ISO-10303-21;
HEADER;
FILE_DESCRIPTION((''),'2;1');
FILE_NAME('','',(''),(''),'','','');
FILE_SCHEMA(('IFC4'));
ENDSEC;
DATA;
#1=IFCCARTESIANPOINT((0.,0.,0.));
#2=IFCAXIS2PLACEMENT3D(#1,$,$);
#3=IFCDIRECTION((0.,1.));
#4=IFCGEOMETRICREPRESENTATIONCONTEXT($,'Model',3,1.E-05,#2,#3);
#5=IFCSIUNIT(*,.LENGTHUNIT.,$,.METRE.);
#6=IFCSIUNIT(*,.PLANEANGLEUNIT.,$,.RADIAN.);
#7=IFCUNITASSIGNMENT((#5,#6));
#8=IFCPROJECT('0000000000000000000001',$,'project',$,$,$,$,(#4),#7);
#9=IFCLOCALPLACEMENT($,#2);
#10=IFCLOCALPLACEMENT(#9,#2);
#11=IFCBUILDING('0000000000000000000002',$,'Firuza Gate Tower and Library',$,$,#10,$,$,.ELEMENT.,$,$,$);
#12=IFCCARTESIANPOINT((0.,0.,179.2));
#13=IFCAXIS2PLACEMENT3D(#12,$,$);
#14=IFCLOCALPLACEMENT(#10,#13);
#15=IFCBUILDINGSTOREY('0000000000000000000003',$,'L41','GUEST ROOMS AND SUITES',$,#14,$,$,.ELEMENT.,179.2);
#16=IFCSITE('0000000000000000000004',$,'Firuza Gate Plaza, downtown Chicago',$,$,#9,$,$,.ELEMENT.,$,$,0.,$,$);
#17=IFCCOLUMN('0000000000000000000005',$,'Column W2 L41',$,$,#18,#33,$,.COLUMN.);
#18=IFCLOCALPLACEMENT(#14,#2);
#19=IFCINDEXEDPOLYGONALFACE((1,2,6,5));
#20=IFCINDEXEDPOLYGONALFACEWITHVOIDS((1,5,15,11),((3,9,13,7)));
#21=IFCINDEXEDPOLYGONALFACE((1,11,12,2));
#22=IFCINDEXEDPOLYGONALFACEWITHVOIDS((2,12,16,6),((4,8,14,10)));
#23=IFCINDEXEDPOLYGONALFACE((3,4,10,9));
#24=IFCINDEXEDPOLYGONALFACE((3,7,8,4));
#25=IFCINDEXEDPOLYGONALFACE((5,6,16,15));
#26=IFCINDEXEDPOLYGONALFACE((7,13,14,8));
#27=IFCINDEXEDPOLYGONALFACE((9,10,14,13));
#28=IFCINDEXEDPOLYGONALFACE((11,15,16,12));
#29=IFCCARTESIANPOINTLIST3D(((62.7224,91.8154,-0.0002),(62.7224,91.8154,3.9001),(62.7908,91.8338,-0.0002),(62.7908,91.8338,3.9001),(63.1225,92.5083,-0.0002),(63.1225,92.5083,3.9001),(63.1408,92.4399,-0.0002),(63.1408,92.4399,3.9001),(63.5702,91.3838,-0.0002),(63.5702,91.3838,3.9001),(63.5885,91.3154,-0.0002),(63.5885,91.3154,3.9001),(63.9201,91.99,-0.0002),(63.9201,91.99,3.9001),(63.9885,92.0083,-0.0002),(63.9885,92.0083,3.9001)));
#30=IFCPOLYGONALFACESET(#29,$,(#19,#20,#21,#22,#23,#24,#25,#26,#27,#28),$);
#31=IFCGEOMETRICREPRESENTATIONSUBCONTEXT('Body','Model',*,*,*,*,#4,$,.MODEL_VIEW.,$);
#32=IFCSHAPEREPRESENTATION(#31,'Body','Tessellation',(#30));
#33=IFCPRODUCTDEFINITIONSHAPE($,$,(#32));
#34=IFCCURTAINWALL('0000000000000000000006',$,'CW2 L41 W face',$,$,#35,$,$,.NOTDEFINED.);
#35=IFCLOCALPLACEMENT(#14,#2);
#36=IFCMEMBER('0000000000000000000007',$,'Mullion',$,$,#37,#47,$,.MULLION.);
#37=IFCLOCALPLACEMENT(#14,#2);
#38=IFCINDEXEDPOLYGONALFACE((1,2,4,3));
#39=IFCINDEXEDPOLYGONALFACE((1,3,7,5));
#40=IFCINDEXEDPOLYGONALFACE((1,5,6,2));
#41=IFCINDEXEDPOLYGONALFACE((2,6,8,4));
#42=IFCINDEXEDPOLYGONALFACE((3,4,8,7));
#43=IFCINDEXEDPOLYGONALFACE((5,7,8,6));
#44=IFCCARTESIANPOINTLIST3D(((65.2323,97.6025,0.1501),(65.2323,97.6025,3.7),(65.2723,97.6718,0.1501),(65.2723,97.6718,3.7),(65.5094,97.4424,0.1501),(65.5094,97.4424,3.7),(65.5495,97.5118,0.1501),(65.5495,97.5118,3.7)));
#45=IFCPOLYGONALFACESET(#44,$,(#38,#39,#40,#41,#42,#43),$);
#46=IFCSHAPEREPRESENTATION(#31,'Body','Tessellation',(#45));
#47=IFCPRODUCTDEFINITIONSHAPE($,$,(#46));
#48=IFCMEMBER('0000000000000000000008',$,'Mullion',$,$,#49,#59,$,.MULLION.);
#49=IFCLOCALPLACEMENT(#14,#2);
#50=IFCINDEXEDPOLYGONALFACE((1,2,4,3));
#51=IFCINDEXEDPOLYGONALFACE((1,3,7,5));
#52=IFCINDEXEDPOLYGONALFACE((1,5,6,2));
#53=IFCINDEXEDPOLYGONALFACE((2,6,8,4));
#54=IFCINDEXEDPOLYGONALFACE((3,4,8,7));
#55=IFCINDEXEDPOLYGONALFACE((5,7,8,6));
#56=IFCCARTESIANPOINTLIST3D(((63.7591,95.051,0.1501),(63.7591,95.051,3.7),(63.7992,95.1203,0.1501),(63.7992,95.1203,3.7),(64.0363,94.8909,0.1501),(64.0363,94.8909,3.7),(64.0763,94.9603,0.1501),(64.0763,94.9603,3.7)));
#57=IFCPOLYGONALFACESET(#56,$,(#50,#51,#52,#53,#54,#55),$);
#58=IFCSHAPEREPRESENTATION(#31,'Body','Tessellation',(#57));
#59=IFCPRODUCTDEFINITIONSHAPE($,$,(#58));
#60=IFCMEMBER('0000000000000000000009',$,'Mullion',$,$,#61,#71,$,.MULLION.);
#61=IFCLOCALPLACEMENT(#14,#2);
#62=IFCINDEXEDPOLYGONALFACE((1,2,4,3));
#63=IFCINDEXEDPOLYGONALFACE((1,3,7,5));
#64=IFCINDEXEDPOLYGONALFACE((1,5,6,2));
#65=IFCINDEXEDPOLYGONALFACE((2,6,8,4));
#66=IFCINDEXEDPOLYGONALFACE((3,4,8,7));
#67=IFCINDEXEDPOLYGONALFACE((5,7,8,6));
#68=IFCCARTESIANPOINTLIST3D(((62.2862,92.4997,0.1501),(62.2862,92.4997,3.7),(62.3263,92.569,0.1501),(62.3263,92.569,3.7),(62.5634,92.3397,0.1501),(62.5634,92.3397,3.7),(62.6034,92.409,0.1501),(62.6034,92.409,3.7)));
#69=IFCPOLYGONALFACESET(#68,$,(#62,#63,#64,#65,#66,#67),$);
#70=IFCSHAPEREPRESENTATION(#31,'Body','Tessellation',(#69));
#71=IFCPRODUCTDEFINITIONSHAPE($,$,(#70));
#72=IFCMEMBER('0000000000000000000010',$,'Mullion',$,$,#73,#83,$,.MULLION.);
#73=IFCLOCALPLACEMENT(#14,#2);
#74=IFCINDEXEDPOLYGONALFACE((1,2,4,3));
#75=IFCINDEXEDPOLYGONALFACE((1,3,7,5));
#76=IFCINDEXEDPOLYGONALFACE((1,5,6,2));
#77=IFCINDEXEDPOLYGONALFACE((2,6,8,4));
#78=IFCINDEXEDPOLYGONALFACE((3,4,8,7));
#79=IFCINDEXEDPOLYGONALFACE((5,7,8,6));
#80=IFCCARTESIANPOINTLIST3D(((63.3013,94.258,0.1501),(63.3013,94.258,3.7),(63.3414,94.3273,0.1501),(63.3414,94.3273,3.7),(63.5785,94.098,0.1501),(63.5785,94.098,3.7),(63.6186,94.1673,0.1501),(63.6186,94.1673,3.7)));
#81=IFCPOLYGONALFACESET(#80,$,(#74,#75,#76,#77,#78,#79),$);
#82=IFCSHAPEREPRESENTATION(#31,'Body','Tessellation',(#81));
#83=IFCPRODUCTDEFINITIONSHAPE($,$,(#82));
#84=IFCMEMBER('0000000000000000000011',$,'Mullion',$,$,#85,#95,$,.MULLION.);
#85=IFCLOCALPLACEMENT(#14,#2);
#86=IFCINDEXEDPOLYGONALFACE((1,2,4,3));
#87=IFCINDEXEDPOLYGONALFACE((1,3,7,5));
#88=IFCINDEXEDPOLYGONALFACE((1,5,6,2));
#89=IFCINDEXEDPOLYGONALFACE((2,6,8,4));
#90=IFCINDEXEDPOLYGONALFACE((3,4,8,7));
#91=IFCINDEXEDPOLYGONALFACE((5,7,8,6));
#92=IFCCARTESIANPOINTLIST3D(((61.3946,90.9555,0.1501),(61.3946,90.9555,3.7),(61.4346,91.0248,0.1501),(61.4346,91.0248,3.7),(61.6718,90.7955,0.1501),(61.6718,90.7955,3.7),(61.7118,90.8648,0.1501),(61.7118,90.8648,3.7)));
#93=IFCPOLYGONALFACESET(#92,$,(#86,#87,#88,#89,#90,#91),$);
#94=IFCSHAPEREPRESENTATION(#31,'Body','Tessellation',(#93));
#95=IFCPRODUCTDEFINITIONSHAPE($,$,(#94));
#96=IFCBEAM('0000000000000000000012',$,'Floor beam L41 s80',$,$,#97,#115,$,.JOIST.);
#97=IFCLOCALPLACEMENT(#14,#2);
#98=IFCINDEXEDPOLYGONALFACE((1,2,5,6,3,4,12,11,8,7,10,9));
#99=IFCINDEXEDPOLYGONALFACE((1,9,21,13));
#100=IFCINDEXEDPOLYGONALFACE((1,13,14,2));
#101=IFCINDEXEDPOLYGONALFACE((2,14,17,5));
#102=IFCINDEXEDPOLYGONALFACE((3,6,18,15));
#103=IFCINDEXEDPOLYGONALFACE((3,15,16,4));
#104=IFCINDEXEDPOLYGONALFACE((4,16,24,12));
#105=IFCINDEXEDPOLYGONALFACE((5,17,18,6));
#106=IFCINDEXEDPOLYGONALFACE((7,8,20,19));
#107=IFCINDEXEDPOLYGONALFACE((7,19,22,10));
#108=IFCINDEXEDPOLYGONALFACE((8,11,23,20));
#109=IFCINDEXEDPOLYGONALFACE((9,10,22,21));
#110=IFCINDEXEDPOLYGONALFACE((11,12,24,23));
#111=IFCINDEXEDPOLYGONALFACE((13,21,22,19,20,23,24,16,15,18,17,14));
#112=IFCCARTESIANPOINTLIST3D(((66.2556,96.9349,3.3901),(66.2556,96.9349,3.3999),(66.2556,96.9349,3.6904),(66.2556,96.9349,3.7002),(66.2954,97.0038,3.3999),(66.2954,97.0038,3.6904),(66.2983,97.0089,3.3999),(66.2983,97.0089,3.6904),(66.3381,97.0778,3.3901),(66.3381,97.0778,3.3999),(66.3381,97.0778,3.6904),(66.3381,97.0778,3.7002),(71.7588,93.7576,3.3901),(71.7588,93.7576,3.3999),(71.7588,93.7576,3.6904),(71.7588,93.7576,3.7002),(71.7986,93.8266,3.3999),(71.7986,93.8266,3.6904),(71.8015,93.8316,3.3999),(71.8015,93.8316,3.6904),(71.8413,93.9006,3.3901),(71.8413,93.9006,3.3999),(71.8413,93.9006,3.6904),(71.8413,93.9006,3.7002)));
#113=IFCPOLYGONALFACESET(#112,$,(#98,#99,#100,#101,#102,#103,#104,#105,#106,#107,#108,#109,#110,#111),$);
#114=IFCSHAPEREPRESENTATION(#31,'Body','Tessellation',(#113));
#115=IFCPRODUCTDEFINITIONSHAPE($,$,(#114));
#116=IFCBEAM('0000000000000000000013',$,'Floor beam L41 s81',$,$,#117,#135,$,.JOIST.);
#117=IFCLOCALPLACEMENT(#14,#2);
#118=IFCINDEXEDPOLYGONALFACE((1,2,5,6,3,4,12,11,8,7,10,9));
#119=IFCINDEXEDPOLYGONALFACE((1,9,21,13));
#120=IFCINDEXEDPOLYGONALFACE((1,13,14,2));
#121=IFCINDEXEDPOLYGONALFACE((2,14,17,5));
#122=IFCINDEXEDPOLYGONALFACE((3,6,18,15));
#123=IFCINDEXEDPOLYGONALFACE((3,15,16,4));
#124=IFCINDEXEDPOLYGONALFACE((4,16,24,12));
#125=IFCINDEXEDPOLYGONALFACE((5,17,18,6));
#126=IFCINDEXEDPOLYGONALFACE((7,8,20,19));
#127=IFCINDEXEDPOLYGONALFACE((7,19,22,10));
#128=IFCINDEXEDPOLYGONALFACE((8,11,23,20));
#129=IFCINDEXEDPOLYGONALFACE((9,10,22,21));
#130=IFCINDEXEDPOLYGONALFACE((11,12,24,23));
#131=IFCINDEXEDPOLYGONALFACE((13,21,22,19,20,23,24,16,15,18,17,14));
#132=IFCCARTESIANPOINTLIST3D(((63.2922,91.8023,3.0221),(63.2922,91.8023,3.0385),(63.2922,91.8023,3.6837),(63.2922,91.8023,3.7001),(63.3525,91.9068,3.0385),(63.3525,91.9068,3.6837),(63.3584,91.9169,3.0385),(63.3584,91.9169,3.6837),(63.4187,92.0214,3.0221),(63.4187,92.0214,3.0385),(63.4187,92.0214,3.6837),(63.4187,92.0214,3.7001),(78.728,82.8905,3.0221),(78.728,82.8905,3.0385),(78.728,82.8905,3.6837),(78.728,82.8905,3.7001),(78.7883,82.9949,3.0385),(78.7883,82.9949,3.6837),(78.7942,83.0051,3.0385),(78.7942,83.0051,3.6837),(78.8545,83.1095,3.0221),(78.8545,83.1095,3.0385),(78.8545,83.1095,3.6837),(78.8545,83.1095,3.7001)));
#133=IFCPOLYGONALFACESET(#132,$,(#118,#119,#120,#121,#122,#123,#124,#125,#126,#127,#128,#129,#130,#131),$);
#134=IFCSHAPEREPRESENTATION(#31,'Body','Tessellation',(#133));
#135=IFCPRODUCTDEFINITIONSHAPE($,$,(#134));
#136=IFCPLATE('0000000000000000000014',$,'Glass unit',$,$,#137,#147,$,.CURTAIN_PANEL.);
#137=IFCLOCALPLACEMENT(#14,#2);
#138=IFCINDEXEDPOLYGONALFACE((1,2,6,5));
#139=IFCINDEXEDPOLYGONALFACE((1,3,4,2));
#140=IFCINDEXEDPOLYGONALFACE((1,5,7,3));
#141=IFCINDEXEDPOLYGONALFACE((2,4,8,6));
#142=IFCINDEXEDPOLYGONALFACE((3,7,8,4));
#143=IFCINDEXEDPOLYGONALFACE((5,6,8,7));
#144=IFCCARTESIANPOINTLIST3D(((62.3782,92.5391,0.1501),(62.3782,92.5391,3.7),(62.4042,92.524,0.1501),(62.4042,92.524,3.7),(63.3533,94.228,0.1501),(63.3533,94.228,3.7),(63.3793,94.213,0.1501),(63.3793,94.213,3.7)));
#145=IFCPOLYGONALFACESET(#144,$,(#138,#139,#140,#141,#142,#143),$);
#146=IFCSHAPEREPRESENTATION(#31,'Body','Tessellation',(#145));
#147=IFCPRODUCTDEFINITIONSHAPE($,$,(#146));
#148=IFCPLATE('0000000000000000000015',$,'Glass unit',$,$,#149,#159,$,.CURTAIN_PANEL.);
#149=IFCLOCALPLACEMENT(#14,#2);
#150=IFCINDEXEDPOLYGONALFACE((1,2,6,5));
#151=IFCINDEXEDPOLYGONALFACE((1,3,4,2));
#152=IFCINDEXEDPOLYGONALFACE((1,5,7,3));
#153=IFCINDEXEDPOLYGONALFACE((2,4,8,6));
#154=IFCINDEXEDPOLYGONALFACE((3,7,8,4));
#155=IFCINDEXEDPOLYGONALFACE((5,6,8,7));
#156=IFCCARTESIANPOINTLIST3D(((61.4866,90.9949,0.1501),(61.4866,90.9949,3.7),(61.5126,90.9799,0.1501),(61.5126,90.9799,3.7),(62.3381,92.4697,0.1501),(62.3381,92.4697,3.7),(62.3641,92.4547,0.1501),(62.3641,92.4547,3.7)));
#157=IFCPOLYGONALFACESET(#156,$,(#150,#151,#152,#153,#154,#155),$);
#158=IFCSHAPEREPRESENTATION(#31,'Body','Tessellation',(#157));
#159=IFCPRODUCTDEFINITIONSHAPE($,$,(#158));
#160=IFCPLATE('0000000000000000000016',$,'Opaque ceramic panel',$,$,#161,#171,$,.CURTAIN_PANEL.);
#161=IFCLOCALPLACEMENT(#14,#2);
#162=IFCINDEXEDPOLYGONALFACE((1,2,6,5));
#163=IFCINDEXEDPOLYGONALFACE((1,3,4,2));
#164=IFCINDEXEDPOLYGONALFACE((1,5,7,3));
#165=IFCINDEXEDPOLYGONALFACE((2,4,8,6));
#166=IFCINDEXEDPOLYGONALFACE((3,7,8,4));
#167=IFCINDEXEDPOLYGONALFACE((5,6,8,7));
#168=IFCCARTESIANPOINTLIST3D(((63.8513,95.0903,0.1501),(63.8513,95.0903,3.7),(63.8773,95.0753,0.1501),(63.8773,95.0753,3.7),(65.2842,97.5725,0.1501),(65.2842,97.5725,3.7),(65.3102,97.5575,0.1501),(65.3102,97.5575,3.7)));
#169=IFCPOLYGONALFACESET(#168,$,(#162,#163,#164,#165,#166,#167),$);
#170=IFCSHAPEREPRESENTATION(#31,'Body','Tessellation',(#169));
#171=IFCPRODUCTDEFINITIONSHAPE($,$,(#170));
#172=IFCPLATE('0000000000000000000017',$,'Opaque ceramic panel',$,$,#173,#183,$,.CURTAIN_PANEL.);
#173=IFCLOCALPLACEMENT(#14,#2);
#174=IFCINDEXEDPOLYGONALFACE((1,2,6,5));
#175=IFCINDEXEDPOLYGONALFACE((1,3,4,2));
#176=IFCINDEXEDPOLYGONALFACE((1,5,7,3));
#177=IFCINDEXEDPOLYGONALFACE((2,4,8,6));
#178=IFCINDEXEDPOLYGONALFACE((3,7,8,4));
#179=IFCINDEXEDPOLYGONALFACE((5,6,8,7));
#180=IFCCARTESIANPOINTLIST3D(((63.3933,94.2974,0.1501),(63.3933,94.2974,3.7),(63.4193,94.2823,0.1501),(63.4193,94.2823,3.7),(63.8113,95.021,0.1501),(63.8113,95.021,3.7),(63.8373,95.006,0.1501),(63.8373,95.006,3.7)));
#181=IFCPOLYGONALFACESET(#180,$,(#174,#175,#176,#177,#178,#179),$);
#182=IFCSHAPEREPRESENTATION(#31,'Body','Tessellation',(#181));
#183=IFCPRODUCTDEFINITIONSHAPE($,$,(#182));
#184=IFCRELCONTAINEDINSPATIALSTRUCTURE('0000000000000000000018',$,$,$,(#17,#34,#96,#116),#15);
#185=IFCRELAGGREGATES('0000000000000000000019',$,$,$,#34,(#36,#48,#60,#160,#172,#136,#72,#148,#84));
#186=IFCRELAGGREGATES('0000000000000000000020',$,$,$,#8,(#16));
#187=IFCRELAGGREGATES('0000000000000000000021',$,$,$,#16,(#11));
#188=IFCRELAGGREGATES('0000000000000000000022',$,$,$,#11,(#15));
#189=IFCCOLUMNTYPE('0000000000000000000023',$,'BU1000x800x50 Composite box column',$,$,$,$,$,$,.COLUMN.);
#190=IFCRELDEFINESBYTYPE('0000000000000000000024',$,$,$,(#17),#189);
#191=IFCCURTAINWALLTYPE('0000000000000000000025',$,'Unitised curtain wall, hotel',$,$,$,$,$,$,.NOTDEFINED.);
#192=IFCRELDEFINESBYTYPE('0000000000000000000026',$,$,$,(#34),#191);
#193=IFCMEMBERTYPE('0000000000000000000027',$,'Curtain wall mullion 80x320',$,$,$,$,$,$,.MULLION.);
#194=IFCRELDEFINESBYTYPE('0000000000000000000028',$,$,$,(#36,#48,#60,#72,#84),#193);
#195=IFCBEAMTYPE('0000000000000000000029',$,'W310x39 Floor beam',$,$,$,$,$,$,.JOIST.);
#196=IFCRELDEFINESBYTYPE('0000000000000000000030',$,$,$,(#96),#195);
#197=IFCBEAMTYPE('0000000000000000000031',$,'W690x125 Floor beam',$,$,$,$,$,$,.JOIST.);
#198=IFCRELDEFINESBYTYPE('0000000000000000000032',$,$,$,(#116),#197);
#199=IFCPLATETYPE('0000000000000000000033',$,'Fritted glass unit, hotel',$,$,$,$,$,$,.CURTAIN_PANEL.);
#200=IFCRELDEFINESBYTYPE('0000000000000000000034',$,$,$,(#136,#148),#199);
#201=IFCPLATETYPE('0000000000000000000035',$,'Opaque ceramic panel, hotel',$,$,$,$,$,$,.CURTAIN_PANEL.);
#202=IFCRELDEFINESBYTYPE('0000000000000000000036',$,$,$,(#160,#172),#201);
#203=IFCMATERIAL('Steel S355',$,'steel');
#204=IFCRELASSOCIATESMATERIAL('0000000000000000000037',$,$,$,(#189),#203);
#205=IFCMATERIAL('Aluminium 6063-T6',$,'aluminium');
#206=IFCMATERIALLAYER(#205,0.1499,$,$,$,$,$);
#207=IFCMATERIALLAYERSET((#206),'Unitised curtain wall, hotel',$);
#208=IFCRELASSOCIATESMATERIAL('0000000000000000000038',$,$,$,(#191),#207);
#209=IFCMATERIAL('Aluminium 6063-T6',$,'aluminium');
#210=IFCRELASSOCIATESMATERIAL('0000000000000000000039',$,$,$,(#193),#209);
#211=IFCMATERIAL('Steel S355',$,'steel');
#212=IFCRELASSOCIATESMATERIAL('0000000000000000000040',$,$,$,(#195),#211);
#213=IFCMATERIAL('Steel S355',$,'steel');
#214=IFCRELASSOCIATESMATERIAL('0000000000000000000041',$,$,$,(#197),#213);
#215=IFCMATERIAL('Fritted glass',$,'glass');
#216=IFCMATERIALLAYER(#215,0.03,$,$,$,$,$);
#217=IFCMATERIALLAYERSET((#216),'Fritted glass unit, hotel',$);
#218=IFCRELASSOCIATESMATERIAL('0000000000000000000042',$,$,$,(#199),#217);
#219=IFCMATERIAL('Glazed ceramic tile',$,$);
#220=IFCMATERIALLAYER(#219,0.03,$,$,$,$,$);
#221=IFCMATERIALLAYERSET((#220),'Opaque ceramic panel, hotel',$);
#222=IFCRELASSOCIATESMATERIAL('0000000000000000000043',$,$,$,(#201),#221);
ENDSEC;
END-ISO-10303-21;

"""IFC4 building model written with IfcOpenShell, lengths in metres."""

from ifc_helpers import new_model, si_unit, direction, frame, origin, origin_2d, place, context, subcontext, project, spatial, polyline, rectangle, hollow_rectangle, i_section, outline, extrude, material, layer, layer_set, material_profile, profile_set, type_object, element, aggregate, save


model = new_model("IFC4")

# Units and contexts
model_context = context("Model", 3, precision=1e-05, world=origin(), true_north=direction((0.0, 1.0)))
body_context = subcontext(model_context, "Body", "Model", "MODEL_VIEW")
ifc_project = project(units=[si_unit("LENGTHUNIT", "METRE"), si_unit("PLANEANGLEUNIT", "RADIAN")], contexts=[model_context])

# Site, building, storey
site_placement = place(None, origin())
site = spatial("IfcSite", under=ifc_project, at=site_placement, Name="Firuza Gate Plaza, downtown Chicago", CompositionType="ELEMENT", RefElevation=0.0)
building_placement = place(site_placement, origin())
building = spatial("IfcBuilding", under=site, at=building_placement, Name="Firuza Gate Tower and Library", CompositionType="ELEMENT")
storey_placement = place(building_placement, frame((0.0, 0.0, 179.2)))
storey = spatial("IfcBuildingStorey", under=building, at=storey_placement, Name="L41", Description="GUEST ROOMS AND SUITES", CompositionType="ELEMENT", Elevation=179.2)

# Column
ifc_material_1 = material(Name="Steel S355", Category="steel")
ifc_material_profile_1 = material_profile(ifc_material_1, hollow_rectangle(XDim=0.8, YDim=1.0, WallThickness=0.05, at=origin_2d()))
ifc_profile_set_1 = profile_set([ifc_material_profile_1], Name="Steel S355")
column_type = type_object("IfcColumnType", Name="BU1000x800x50 Composite box column", PredefinedType="COLUMN", material=ifc_profile_set_1)
column_placement = place(storey_placement, frame((63.3555, 91.9119, -0.0002), z_axis=(0.0, 0.0, 1.0), x_axis=(-0.5, -0.866025, 0.0)))
element("IfcColumn", 1, at=column_placement, inside=storey, type_object=column_type, Name="Column W2 L41", PredefinedType="COLUMN", context=body_context, shape_type="SweptSolid", body=[
    extrude(hollow_rectangle(XDim=0.8, YDim=1.0, WallThickness=0.05, at=origin_2d()), origin(), (0.0, 0.0, 1.0), 3.9004),
])

# Curtain wall, members
ifc_material_2 = material(Name="Aluminium 6063-T6", Category="aluminium")
ifc_layer_1 = layer(ifc_material_2, 0.1499)
ifc_layer_set_1 = layer_set([ifc_layer_1], Name="Unitised curtain wall, hotel")
curtain_wall_type = type_object("IfcCurtainWallType", Name="Unitised curtain wall, hotel", PredefinedType="NOTDEFINED", material=ifc_layer_set_1)
placement = place(storey_placement, origin())
curtain_wall = element("IfcCurtainWall", 2, at=placement, inside=storey, type_object=curtain_wall_type, Name="CW2 L41 W face", PredefinedType="NOTDEFINED")
ifc_material_3 = material(Name="Aluminium 6063-T6", Category="aluminium")
ifc_material_profile_2 = material_profile(ifc_material_3, rectangle(XDim=0.3201, YDim=0.0801, at=origin_2d()))
ifc_profile_set_2 = profile_set([ifc_material_profile_2], Name="Aluminium 6063-T6")
member_type = type_object("IfcMemberType", Name="Curtain wall mullion 80x320", PredefinedType="MULLION", material=ifc_profile_set_2)
member_1_placement = place(storey_placement, frame((65.3909, 97.5571, 0.1501), z_axis=(0.0, 0.0, 1.0), x_axis=(0.866025, -0.5, 0.0)))
member_1 = element("IfcMember", 3, at=member_1_placement, type_object=member_type, Name="Mullion", PredefinedType="MULLION", context=body_context, shape_type="SweptSolid", body=[
    extrude(rectangle(XDim=0.3201, YDim=0.0801, at=origin_2d()), origin(), (0.0, 0.0, 1.0), 3.5498),
])
member_2_placement = place(storey_placement, frame((63.9177, 95.0056, 0.1501), z_axis=(0.0, 0.0, 1.0), x_axis=(0.866025, -0.5, 0.0)))
member_2 = element("IfcMember", 4, at=member_2_placement, type_object=member_type, Name="Mullion", PredefinedType="MULLION", context=body_context, shape_type="SweptSolid", body=[
    extrude(rectangle(XDim=0.3201, YDim=0.0801, at=origin_2d()), origin(), (0.0, 0.0, 1.0), 3.5498),
])
member_3_placement = place(storey_placement, frame((62.4448, 92.4543, 0.1501), z_axis=(0.0, 0.0, 1.0), x_axis=(0.866025, -0.5, 0.0)))
member_3 = element("IfcMember", 5, at=member_3_placement, type_object=member_type, Name="Mullion", PredefinedType="MULLION", context=body_context, shape_type="SweptSolid", body=[
    extrude(rectangle(XDim=0.3201, YDim=0.0801, at=origin_2d()), origin(), (0.0, 0.0, 1.0), 3.5498),
])
member_4_placement = place(storey_placement, frame((63.46, 94.2126, 0.1501), z_axis=(0.0, 0.0, 1.0), x_axis=(0.866025, -0.5, 0.0)))
member_4 = element("IfcMember", 6, at=member_4_placement, type_object=member_type, Name="Mullion", PredefinedType="MULLION", context=body_context, shape_type="SweptSolid", body=[
    extrude(rectangle(XDim=0.3201, YDim=0.0801, at=origin_2d()), origin(), (0.0, 0.0, 1.0), 3.5498),
])
member_5_placement = place(storey_placement, frame((61.5532, 90.9102, 0.1501), z_axis=(0.0, 0.0, 1.0), x_axis=(0.866025, -0.5, 0.0)))
member_5 = element("IfcMember", 7, at=member_5_placement, type_object=member_type, Name="Mullion", PredefinedType="MULLION", context=body_context, shape_type="SweptSolid", body=[
    extrude(rectangle(XDim=0.3201, YDim=0.0801, at=origin_2d()), origin(), (0.0, 0.0, 1.0), 3.5498),
])

# Beams
ifc_material_4 = material(Name="Steel S355", Category="steel")
ifc_material_profile_3 = material_profile(ifc_material_4, i_section(OverallWidth=0.165, OverallDepth=0.3101, WebThickness=0.0059, FlangeThickness=0.0098, at=origin_2d()))
ifc_profile_set_3 = profile_set([ifc_material_profile_3], Name="Steel S355")
beam_type_1 = type_object("IfcBeamType", Name="W310x39 Floor beam", PredefinedType="JOIST", material=ifc_profile_set_3)
beam_1_placement = place(storey_placement, frame((66.2969, 97.0063, 3.5452), z_axis=(0.866026, -0.499998, 0.0), x_axis=(0.499998, 0.866026, 0.0)))
element("IfcBeam", 8, at=beam_1_placement, inside=storey, type_object=beam_type_1, Name="Floor beam L41 s80", PredefinedType="JOIST", context=body_context, shape_type="SweptSolid", body=[
    extrude(i_section(OverallWidth=0.165, OverallDepth=0.3101, WebThickness=0.0059, FlangeThickness=0.0098, at=origin_2d()), origin(), (0.0, 0.0, 1.0), 6.3545),
])
ifc_material_5 = material(Name="Steel S355", Category="steel")
ifc_material_profile_4 = material_profile(ifc_material_5, i_section(OverallWidth=0.2529, OverallDepth=0.678, WebThickness=0.0117, FlangeThickness=0.0164, at=origin_2d()))
ifc_profile_set_4 = profile_set([ifc_material_profile_4], Name="Steel S355")
beam_type_2 = type_object("IfcBeamType", Name="W690x125 Floor beam", PredefinedType="JOIST", material=ifc_profile_set_4)
beam_2_placement = place(storey_placement, frame((63.3555, 91.9119, 3.3611), z_axis=(0.866025, -0.5, 0.0), x_axis=(0.5, 0.866025, 0.0)))
element("IfcBeam", 9, at=beam_2_placement, inside=storey, type_object=beam_type_2, Name="Floor beam L41 s81", PredefinedType="JOIST", context=body_context, shape_type="SweptSolid", body=[
    extrude(i_section(OverallWidth=0.2529, OverallDepth=0.678, WebThickness=0.0117, FlangeThickness=0.0164, at=origin_2d()), origin(), (0.0, 0.0, 1.0), 17.8237),
])

# Plates
ifc_material_6 = material(Name="Fritted glass", Category="glass")
ifc_layer_2 = layer(ifc_material_6, 0.03)
ifc_layer_set_2 = layer_set([ifc_layer_2], Name="Fritted glass unit, hotel")
plate_type_1 = type_object("IfcPlateType", Name="Fritted glass unit, hotel", PredefinedType="CURTAIN_PANEL", material=ifc_layer_set_2)
plate_1_placement = place(storey_placement, frame((63.3533, 94.228, 0.1501), z_axis=(-0.866031, 0.49999, 0.0), x_axis=(-0.49999, -0.866031, 0.0)))
plate_1 = element("IfcPlate", 10, at=plate_1_placement, type_object=plate_type_1, Name="Glass unit", PredefinedType="CURTAIN_PANEL", context=body_context, shape_type="SweptSolid", body=[
    extrude(outline(polyline([(0.0, 0.0), (1.9502, 0.0), (1.9502, 3.5498), (0.0, 3.5498), (0.0, 0.0)])), origin(), (0.0, 0.0, -1.0), 0.03),
])
plate_2_placement = place(storey_placement, frame((62.3381, 92.4697, 0.1501), z_axis=(-0.866011, 0.500024, 0.0), x_axis=(-0.500024, -0.866011, 0.0)))
plate_2 = element("IfcPlate", 11, at=plate_2_placement, type_object=plate_type_1, Name="Glass unit", PredefinedType="CURTAIN_PANEL", context=body_context, shape_type="SweptSolid", body=[
    extrude(outline(polyline([(0.0, 0.0), (1.703, 0.0), (1.703, 3.5498), (0.0, 3.5498), (0.0, 0.0)])), origin(), (0.0, 0.0, -1.0), 0.03),
])
ifc_material_7 = material(Name="Glazed ceramic tile")
ifc_layer_3 = layer(ifc_material_7, 0.03)
ifc_layer_set_3 = layer_set([ifc_layer_3], Name="Opaque ceramic panel, hotel")
plate_type_2 = type_object("IfcPlateType", Name="Opaque ceramic panel, hotel", PredefinedType="CURTAIN_PANEL", material=ifc_layer_set_3)
plate_3_placement = place(storey_placement, frame((65.2842, 97.5725, 0.1501), z_axis=(-0.866059, 0.499941, 0.0), x_axis=(-0.499941, -0.866059, 0.0)))
plate_3 = element("IfcPlate", 12, at=plate_3_placement, type_object=plate_type_2, Name="Opaque ceramic panel", PredefinedType="CURTAIN_PANEL", context=body_context, shape_type="SweptSolid", body=[
    extrude(outline(polyline([(0.0, 0.0), (2.8661, 0.0), (2.8661, 3.5498), (0.0, 3.5498), (0.0, 0.0)])), origin(), (0.0, 0.0, -1.0), 0.03),
])
plate_4_placement = place(storey_placement, frame((63.8113, 95.021, 0.1501), z_axis=(-0.865933, 0.500161, 0.0), x_axis=(-0.500161, -0.865933, 0.0)))
plate_4 = element("IfcPlate", 13, at=plate_4_placement, type_object=plate_type_2, Name="Opaque ceramic panel", PredefinedType="CURTAIN_PANEL", context=body_context, shape_type="SweptSolid", body=[
    extrude(outline(polyline([(0.0, 0.0), (0.8357, 0.0), (0.8357, 3.5498), (0.0, 3.5498), (0.0, 0.0)])), origin(), (0.0, 0.0, -1.0), 0.03),
])
aggregate(curtain_wall, [member_1, member_2, member_3, plate_3, plate_4, plate_1, member_4, plate_2, member_5])

save(model, "model.ifc")
